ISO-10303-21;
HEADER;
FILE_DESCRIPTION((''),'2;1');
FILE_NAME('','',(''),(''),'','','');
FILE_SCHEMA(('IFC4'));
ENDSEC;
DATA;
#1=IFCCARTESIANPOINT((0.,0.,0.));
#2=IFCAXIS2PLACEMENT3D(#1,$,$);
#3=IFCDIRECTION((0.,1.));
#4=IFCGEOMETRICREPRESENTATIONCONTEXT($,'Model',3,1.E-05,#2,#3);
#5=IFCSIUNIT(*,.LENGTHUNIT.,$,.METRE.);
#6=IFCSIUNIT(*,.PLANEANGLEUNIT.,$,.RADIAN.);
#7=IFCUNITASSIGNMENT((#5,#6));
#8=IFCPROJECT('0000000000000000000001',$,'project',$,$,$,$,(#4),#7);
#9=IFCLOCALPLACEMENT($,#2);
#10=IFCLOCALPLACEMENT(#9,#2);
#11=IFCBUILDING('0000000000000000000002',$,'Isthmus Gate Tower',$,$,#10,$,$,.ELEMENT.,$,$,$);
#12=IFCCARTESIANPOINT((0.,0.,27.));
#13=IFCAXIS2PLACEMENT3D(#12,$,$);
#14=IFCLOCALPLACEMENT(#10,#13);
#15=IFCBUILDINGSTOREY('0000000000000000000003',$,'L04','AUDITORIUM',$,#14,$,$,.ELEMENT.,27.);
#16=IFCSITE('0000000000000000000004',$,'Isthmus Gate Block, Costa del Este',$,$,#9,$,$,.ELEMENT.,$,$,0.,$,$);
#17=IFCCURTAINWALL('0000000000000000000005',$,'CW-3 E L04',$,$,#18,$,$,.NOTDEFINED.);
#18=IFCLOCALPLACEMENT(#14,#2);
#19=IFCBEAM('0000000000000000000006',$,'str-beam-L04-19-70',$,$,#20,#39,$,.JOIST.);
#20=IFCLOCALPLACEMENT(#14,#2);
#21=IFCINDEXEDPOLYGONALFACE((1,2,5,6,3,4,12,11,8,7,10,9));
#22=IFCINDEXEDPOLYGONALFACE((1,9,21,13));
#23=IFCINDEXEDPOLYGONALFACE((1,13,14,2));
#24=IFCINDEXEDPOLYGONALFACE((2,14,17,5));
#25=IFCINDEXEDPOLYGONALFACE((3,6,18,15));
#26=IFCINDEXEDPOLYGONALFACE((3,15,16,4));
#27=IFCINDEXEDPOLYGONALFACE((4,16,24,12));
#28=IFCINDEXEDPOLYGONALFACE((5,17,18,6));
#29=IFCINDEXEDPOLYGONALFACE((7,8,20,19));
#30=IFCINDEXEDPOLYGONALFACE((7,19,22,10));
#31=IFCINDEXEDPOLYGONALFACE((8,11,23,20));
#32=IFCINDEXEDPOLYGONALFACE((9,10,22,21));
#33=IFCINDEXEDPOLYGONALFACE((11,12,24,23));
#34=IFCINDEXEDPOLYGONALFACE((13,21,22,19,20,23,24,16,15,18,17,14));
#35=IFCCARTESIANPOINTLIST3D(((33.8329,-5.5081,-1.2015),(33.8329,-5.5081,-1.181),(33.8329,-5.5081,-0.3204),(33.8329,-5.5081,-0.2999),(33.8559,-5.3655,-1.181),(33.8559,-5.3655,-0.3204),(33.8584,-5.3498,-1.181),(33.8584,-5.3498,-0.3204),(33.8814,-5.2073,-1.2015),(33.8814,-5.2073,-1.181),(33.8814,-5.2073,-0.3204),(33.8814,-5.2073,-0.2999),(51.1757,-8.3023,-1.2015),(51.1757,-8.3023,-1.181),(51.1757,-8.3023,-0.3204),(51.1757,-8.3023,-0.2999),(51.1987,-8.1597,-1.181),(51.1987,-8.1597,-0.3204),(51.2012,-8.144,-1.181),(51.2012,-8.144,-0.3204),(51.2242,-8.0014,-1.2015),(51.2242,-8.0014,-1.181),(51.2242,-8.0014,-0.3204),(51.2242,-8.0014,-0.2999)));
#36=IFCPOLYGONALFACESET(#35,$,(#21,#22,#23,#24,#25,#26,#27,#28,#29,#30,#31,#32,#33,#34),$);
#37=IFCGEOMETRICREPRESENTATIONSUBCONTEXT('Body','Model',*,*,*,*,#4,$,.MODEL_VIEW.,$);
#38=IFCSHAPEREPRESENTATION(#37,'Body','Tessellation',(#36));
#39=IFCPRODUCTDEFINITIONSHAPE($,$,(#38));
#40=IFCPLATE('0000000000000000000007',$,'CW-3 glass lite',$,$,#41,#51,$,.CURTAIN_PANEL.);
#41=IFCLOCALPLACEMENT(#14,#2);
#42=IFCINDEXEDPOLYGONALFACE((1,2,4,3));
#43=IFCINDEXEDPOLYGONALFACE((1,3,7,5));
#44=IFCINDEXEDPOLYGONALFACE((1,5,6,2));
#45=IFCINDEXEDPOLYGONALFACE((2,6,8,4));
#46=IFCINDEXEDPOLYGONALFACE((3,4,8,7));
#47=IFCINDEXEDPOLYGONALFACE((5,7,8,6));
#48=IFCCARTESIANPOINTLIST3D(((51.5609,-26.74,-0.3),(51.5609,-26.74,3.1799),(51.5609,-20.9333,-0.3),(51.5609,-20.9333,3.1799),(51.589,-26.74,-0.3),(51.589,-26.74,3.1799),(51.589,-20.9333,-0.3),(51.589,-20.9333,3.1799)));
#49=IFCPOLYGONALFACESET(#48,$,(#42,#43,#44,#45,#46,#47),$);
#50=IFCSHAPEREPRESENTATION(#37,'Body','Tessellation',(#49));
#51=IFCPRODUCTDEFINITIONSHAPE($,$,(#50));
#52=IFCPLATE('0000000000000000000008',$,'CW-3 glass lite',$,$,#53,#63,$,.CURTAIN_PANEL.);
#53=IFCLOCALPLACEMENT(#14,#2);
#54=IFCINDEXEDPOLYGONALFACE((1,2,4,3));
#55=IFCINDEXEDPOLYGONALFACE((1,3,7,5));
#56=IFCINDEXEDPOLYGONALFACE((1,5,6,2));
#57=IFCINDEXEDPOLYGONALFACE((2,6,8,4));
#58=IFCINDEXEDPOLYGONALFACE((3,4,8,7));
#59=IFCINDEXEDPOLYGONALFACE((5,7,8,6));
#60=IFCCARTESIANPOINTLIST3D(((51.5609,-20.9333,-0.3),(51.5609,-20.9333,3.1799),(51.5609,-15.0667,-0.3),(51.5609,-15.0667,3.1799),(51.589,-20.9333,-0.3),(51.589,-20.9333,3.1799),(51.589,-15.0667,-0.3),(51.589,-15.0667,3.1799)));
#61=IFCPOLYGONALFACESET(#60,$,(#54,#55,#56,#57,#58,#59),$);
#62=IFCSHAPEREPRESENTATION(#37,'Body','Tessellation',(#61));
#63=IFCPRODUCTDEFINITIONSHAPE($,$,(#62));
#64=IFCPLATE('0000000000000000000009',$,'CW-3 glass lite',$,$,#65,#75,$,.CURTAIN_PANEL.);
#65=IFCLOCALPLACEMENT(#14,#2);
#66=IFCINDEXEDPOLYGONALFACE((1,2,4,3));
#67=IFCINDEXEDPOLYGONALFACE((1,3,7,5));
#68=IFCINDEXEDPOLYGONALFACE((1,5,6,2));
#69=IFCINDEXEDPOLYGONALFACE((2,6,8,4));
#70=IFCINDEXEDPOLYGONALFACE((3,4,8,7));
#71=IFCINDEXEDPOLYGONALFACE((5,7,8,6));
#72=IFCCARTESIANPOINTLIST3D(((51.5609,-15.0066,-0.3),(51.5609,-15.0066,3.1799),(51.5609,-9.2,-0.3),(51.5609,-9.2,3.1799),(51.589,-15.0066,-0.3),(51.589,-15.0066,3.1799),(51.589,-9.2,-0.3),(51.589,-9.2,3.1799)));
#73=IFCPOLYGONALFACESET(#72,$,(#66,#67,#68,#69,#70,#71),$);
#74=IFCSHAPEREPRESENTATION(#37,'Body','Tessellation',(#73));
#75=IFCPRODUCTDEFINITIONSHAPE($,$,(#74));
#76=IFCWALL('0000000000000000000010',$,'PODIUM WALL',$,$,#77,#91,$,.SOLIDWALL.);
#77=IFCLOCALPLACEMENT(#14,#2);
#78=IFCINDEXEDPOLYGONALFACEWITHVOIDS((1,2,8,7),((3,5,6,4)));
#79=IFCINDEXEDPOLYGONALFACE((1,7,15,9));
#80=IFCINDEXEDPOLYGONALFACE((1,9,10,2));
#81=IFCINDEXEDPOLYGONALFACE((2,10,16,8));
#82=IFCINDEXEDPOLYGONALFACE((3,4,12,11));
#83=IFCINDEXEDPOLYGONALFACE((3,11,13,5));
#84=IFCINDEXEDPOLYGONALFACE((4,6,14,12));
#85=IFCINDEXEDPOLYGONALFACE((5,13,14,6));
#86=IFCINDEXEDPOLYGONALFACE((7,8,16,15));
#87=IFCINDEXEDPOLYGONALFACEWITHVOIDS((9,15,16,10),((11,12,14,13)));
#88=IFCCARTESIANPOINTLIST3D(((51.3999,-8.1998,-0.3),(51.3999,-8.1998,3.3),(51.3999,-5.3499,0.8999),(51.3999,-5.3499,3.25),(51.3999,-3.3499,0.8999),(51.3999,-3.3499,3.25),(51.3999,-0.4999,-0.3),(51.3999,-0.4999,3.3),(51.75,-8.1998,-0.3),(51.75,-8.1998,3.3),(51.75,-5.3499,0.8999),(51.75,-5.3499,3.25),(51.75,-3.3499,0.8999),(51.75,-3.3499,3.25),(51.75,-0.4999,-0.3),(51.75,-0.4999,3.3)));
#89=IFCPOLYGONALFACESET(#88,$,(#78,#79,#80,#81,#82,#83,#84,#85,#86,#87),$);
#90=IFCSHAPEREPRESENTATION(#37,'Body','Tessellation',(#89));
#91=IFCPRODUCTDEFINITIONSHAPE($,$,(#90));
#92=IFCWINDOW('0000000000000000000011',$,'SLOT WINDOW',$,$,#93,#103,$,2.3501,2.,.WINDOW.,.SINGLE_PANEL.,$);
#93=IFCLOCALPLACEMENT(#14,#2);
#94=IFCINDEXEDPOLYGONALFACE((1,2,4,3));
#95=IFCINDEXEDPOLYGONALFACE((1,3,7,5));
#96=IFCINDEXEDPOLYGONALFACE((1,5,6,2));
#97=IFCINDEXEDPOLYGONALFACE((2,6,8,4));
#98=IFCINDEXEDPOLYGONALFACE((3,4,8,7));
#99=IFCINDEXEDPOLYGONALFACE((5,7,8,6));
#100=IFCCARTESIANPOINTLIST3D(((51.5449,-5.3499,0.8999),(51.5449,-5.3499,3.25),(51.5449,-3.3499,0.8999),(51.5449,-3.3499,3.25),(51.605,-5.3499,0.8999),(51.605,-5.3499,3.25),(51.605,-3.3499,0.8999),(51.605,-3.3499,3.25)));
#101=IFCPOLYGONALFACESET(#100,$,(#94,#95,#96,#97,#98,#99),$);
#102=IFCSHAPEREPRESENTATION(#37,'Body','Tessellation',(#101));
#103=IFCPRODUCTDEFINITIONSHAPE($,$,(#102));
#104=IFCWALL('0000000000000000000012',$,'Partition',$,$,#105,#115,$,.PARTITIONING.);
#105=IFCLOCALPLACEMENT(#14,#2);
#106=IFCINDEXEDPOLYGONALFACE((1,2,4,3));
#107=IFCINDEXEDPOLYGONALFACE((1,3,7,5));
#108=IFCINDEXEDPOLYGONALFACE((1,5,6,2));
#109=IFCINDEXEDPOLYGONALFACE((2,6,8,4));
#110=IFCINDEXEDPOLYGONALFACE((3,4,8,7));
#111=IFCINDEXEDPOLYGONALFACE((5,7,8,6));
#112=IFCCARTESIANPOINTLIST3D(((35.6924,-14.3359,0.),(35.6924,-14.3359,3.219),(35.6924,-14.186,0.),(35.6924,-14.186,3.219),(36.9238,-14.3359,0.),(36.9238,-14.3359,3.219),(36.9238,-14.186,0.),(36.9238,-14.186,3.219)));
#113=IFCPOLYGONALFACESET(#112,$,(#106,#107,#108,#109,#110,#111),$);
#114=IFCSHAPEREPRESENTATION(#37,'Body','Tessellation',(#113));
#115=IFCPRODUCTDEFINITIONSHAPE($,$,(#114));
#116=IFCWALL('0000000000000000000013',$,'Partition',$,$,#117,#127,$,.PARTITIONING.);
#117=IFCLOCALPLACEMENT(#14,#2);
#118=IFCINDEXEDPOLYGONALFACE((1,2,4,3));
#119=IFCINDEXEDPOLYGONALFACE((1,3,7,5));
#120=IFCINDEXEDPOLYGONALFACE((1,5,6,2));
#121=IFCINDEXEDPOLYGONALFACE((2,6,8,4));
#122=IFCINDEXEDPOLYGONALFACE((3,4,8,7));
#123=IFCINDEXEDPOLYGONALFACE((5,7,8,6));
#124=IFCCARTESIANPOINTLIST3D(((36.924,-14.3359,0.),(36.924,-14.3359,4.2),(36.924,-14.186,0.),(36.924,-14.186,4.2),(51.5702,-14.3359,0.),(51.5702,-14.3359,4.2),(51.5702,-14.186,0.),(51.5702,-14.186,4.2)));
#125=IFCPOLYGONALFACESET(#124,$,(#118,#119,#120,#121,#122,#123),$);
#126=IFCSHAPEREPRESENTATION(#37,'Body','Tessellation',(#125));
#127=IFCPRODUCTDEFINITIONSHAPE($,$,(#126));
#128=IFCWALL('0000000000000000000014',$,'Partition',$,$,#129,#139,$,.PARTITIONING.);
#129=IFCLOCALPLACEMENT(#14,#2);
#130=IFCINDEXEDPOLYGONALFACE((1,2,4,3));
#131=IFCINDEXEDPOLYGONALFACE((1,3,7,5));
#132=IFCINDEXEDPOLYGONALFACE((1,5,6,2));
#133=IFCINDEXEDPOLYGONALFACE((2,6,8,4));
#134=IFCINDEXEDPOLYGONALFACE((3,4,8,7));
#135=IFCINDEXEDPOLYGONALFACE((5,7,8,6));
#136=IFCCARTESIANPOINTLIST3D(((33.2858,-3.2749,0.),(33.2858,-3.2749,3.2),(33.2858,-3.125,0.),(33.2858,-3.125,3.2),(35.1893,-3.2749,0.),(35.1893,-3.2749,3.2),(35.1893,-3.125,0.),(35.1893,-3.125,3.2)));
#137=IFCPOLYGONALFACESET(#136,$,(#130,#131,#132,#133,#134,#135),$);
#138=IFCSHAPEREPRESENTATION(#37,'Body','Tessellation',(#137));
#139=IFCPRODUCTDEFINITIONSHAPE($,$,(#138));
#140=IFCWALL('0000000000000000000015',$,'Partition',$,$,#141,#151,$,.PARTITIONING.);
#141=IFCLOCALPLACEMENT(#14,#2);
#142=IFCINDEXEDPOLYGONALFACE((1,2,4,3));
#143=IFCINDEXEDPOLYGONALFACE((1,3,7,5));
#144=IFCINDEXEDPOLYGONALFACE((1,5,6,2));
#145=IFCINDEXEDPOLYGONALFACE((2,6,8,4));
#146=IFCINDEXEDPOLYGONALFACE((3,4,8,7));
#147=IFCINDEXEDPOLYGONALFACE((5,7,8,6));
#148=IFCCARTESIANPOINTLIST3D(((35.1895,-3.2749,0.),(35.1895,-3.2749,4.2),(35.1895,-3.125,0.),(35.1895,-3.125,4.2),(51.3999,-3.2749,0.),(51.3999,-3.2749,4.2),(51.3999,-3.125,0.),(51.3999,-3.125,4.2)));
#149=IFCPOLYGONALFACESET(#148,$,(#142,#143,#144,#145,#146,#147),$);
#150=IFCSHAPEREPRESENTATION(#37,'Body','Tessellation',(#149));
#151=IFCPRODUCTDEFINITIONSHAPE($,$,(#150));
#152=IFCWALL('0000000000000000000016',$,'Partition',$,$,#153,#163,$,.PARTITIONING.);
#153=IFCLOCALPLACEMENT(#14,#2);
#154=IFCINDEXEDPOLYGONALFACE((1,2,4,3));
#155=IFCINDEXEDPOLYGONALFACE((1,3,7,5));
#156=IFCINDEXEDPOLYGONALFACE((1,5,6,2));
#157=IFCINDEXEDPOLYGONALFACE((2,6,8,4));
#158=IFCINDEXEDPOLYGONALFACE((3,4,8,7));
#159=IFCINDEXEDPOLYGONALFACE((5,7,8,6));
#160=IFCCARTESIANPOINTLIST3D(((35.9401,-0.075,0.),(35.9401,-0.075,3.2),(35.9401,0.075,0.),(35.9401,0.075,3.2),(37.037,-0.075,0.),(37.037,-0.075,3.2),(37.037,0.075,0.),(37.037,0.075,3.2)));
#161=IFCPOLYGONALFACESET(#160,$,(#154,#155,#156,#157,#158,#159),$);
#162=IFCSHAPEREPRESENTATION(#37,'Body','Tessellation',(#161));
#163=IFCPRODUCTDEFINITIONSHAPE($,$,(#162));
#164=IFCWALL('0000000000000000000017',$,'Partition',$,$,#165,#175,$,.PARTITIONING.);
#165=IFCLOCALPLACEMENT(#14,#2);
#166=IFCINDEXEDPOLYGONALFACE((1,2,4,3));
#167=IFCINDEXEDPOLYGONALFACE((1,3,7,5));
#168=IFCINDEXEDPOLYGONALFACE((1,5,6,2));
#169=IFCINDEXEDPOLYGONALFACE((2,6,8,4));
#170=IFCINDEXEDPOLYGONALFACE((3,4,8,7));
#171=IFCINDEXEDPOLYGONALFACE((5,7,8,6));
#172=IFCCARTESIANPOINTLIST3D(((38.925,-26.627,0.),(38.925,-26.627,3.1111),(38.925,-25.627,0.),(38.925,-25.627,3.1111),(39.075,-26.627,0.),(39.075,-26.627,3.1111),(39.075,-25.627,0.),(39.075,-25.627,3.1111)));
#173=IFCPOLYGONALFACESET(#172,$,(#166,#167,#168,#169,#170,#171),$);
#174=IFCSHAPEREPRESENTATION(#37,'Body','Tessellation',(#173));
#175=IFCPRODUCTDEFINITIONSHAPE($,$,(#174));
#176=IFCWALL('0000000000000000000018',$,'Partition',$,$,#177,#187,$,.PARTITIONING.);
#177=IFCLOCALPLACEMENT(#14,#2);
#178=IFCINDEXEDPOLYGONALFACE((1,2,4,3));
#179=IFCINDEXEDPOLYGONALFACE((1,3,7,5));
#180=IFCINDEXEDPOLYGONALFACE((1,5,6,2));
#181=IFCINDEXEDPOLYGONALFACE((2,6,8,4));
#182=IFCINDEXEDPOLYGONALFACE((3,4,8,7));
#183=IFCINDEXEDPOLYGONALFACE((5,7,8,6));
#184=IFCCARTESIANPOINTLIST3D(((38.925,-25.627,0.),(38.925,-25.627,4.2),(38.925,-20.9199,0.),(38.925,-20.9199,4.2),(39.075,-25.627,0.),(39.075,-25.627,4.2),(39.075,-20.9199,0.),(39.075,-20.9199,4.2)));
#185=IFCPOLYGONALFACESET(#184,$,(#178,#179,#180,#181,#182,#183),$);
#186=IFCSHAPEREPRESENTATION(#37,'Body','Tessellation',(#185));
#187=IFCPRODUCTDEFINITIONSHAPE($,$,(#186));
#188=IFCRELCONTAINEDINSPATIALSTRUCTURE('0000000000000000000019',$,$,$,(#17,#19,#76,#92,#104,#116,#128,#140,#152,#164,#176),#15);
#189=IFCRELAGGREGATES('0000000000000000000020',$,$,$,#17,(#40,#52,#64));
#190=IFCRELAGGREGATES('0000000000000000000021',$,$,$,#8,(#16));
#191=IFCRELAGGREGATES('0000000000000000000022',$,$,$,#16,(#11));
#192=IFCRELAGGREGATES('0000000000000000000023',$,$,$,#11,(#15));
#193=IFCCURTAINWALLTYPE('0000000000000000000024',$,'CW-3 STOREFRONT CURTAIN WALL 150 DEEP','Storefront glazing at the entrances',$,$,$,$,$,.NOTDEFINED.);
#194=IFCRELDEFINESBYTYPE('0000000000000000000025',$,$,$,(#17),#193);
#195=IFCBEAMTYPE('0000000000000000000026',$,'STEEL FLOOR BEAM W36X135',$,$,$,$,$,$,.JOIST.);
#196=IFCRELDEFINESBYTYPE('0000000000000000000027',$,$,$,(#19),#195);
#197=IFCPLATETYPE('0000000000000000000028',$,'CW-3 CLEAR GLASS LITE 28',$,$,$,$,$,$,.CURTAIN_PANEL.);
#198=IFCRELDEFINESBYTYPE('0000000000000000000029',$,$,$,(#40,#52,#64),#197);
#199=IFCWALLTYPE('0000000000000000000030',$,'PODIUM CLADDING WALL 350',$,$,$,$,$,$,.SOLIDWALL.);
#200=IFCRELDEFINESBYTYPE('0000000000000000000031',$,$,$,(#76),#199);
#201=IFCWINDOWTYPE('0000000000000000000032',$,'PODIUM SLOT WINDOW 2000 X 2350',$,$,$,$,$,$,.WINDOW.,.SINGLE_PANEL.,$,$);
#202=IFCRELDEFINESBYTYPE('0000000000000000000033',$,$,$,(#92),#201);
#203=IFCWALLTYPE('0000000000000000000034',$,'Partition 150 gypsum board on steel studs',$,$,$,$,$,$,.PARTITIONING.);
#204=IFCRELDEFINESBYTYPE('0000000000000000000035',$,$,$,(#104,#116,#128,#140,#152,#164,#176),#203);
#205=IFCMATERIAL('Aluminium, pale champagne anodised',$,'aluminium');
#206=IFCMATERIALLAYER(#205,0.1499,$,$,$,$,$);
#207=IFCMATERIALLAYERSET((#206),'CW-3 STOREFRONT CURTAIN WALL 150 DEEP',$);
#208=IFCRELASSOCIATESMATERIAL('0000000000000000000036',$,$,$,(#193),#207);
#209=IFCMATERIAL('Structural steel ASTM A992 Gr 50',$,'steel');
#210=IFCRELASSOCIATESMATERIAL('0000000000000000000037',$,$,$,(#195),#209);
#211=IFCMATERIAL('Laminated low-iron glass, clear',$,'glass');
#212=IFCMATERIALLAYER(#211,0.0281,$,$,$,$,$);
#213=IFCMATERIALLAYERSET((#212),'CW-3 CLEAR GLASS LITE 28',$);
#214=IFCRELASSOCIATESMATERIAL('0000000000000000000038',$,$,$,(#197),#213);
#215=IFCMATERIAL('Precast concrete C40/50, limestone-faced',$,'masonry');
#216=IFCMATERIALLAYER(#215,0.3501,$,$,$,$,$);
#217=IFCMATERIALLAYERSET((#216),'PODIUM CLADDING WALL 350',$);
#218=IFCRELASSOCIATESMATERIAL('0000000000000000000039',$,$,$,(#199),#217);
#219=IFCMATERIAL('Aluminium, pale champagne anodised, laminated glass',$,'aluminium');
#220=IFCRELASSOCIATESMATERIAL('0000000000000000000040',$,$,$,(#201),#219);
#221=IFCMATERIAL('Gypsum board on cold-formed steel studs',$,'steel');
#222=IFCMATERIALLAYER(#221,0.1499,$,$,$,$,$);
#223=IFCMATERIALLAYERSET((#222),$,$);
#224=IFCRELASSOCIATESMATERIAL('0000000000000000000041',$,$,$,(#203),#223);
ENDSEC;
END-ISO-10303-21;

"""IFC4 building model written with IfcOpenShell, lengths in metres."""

from ifc_helpers import new_model, si_unit, direction, frame, frame_2d, origin, origin_2d, place, context, subcontext, project, spatial, rectangle, i_section, extrude, material, layer, layer_set, material_profile, profile_set, type_object, element, fill, aggregate, save


model = new_model("IFC4")

# Units and contexts
model_context = context("Model", 3, precision=1e-05, world=origin(), true_north=direction((0.0, 1.0)))
body_context = subcontext(model_context, "Body", "Model", "MODEL_VIEW")
ifc_project = project(units=[si_unit("LENGTHUNIT", "METRE"), si_unit("PLANEANGLEUNIT", "RADIAN")], contexts=[model_context])

# Site, building, storey
site_placement = place(None, origin())
site = spatial("IfcSite", under=ifc_project, at=site_placement, Name="Isthmus Gate Block, Costa del Este", CompositionType="ELEMENT", RefElevation=0.0)
building_placement = place(site_placement, origin())
building = spatial("IfcBuilding", under=site, at=building_placement, Name="Isthmus Gate Tower", CompositionType="ELEMENT")
storey_placement = place(building_placement, frame((0.0, 0.0, 27.0)))
storey = spatial("IfcBuildingStorey", under=building, at=storey_placement, Name="L04", Description="AUDITORIUM", CompositionType="ELEMENT", Elevation=27.0)

# Curtain wall
ifc_material_1 = material(Name="Aluminium, pale champagne anodised", Category="aluminium")
ifc_layer_1 = layer(ifc_material_1, 0.1499)
ifc_layer_set_1 = layer_set([ifc_layer_1], Name="CW-3 STOREFRONT CURTAIN WALL 150 DEEP")
curtain_wall_type = type_object("IfcCurtainWallType", Name="CW-3 STOREFRONT CURTAIN WALL 150 DEEP", Description="Storefront glazing at the entrances", PredefinedType="NOTDEFINED", material=ifc_layer_set_1)
curtain_wall_placement = place(storey_placement, origin())
curtain_wall = element("IfcCurtainWall", 1, at=curtain_wall_placement, inside=storey, type_object=curtain_wall_type, Name="CW-3 E L04", PredefinedType="NOTDEFINED")

# Beam
ifc_material_2 = material(Name="Structural steel ASTM A992 Gr 50", Category="steel")
ifc_material_profile_1 = material_profile(ifc_material_2, i_section(OverallWidth=0.3047, OverallDepth=0.9016, WebThickness=0.0159, FlangeThickness=0.0205, at=origin_2d()), Name="W36X135")
ifc_profile_set_1 = profile_set([ifc_material_profile_1], Name="Structural steel ASTM A992 Gr 50")
beam_type_1 = type_object("IfcBeamType", Name="STEEL FLOOR BEAM W36X135", PredefinedType="JOIST", material=ifc_profile_set_1)
beam_1_placement = place(storey_placement, frame((33.8572, -5.3577, -0.7507), z_axis=(0.987268, -0.159064, 0.0), x_axis=(0.159064, 0.987268, 0.0)))
element("IfcBeam", 2, at=beam_1_placement, inside=storey, type_object=beam_type_1, Name="str-beam-L04-19-70", PredefinedType="JOIST", context=body_context, shape_type="SweptSolid", body=[
    extrude(i_section(OverallWidth=0.3047, OverallDepth=0.9016, WebThickness=0.0159, FlangeThickness=0.0205, at=origin_2d()), origin(), (0.0, 0.0, 1.0), 17.5664),
])

# Plates
ifc_material_3 = material(Name="Laminated low-iron glass, clear", Category="glass")
ifc_layer_2 = layer(ifc_material_3, 0.0281)
ifc_layer_set_2 = layer_set([ifc_layer_2], Name="CW-3 CLEAR GLASS LITE 28")
plate_type = type_object("IfcPlateType", Name="CW-3 CLEAR GLASS LITE 28", PredefinedType="CURTAIN_PANEL", material=ifc_layer_set_2)
plate_1_placement = place(storey_placement, frame((51.575, -23.8367, -0.3), z_axis=(0.0, 0.0, 1.0), x_axis=(0.0, 1.0, 0.0)))
plate_1 = element("IfcPlate", 3, at=plate_1_placement, type_object=plate_type, Name="CW-3 glass lite", PredefinedType="CURTAIN_PANEL", context=body_context, shape_type="SweptSolid", body=[
    extrude(rectangle(XDim=5.8066, YDim=0.0281, at=origin_2d()), origin(), (0.0, 0.0, 1.0), 3.48),
])
plate_2_placement = place(storey_placement, frame((51.575, -18.0, -0.3), z_axis=(0.0, 0.0, 1.0), x_axis=(0.0, 1.0, 0.0)))
plate_2 = element("IfcPlate", 4, at=plate_2_placement, type_object=plate_type, Name="CW-3 glass lite", PredefinedType="CURTAIN_PANEL", context=body_context, shape_type="SweptSolid", body=[
    extrude(rectangle(XDim=5.8667, YDim=0.0281, at=origin_2d()), origin(), (0.0, 0.0, 1.0), 3.48),
])
plate_3_placement = place(storey_placement, frame((51.575, -12.1033, -0.3), z_axis=(0.0, 0.0, 1.0), x_axis=(0.0, 1.0, 0.0)))
plate_3 = element("IfcPlate", 5, at=plate_3_placement, type_object=plate_type, Name="CW-3 glass lite", PredefinedType="CURTAIN_PANEL", context=body_context, shape_type="SweptSolid", body=[
    extrude(rectangle(XDim=5.8066, YDim=0.0281, at=origin_2d()), origin(), (0.0, 0.0, 1.0), 3.48),
])
aggregate(curtain_wall, [plate_1, plate_2, plate_3])

# Wall, opening, window
ifc_material_4 = material(Name="Precast concrete C40/50, limestone-faced", Category="masonry")
ifc_layer_3 = layer(ifc_material_4, 0.3501)
ifc_layer_set_3 = layer_set([ifc_layer_3], Name="PODIUM CLADDING WALL 350")
wall_type_1 = type_object("IfcWallType", Name="PODIUM CLADDING WALL 350", PredefinedType="SOLIDWALL", material=ifc_layer_set_3)
wall_1_placement = place(storey_placement, frame((51.575, -8.2, -0.3), z_axis=(0.0, 0.0, 1.0), x_axis=(0.0, 1.0, 0.0)))
wall_1 = element("IfcWall", 6, at=wall_1_placement, inside=storey, type_object=wall_type_1, Name="PODIUM WALL", PredefinedType="SOLIDWALL", context=body_context, shape_type="SweptSolid", body=[
    extrude(rectangle(XDim=7.7, YDim=0.3501, at=frame_2d((3.8501, 0.0))), origin(), (0.0, 0.0, 1.0), 3.6001),
])
opening_placement = place(wall_1_placement, frame((2.8501, 0.0, 1.2)))
opening = element("IfcOpeningElement", 7, at=opening_placement, cuts=wall_1, PredefinedType="OPENING", context=body_context, shape_type="SweptSolid", body=[
    extrude(rectangle(XDim=2.0, YDim=2.3501, at=frame_2d((1.0, 1.175))), frame((0.0, 0.1851, 0.0), z_axis=(0.0, -1.0, 0.0), x_axis=(1.0, 0.0, 0.0)), (0.0, 0.0, 1.0), 0.3701),
])
ifc_material_5 = material(Name="Aluminium, pale champagne anodised, laminated glass", Category="aluminium")
window_type = type_object("IfcWindowType", Name="PODIUM SLOT WINDOW 2000 X 2350", PartitioningType="SINGLE_PANEL", PredefinedType="WINDOW", material=ifc_material_5)
window_placement = place(opening_placement, origin())
window = element("IfcWindow", 8, at=window_placement, inside=storey, type_object=window_type, Name="SLOT WINDOW", OverallHeight=2.3501, OverallWidth=2.0, PartitioningType="SINGLE_PANEL", PredefinedType="WINDOW", context=body_context, shape_type="SweptSolid", body=[
    extrude(rectangle(XDim=2.0, YDim=2.3501, at=frame_2d((1.0, 1.175))), frame((0.0, 0.03, 0.0), z_axis=(0.0, -1.0, 0.0), x_axis=(1.0, 0.0, 0.0)), (0.0, 0.0, 1.0), 0.0601),
])
fill(opening, window)

# Walls
ifc_material_6 = material(Name="Gypsum board on cold-formed steel studs", Category="steel")
ifc_layer_4 = layer(ifc_material_6, 0.1499)
ifc_layer_set_4 = layer_set([ifc_layer_4])
wall_type_2 = type_object("IfcWallType", Name="Partition 150 gypsum board on steel studs", PredefinedType="PARTITIONING", material=ifc_layer_set_4)
wall_2_placement = place(storey_placement, frame((35.6924, -14.261, 0.0), z_axis=(0.0, 0.0, 1.0), x_axis=(1.0, 0.0, 0.0)))
element("IfcWall", 9, at=wall_2_placement, inside=storey, type_object=wall_type_2, Name="Partition", PredefinedType="PARTITIONING", context=body_context, shape_type="SweptSolid", body=[
    extrude(rectangle(XDim=1.2314, YDim=0.1499, at=frame_2d((0.6157, 0.0))), origin(), (0.0, 0.0, 1.0), 3.219),
])
wall_3_placement = place(storey_placement, frame((36.9238, -14.261, 0.0), z_axis=(0.0, 0.0, 1.0), x_axis=(1.0, 0.0, 0.0)))
element("IfcWall", 10, at=wall_3_placement, inside=storey, type_object=wall_type_2, Name="Partition", PredefinedType="PARTITIONING", context=body_context, shape_type="SweptSolid", body=[
    extrude(rectangle(XDim=14.6462, YDim=0.1499, at=frame_2d((7.3232, 0.0))), origin(), (0.0, 0.0, 1.0), 4.2),
])
wall_4_placement = place(storey_placement, frame((33.2859, -3.2, 0.0), z_axis=(0.0, 0.0, 1.0), x_axis=(1.0, 0.0, 0.0)))
element("IfcWall", 11, at=wall_4_placement, inside=storey, type_object=wall_type_2, Name="Partition", PredefinedType="PARTITIONING", context=body_context, shape_type="SweptSolid", body=[
    extrude(rectangle(XDim=1.9036, YDim=0.1499, at=frame_2d((0.9517, 0.0))), origin(), (0.0, 0.0, 1.0), 3.2),
])
wall_5_placement = place(storey_placement, frame((35.1895, -3.2, 0.0), z_axis=(0.0, 0.0, 1.0), x_axis=(1.0, 0.0, 0.0)))
element("IfcWall", 12, at=wall_5_placement, inside=storey, type_object=wall_type_2, Name="Partition", PredefinedType="PARTITIONING", context=body_context, shape_type="SweptSolid", body=[
    extrude(rectangle(XDim=16.2104, YDim=0.1499, at=frame_2d((8.1052, 0.0))), origin(), (0.0, 0.0, 1.0), 4.2),
])
wall_6_placement = place(storey_placement, frame((35.9402, 0.0, 0.0), z_axis=(0.0, 0.0, 1.0), x_axis=(1.0, 0.0, 0.0)))
element("IfcWall", 13, at=wall_6_placement, inside=storey, type_object=wall_type_2, Name="Partition", PredefinedType="PARTITIONING", context=body_context, shape_type="SweptSolid", body=[
    extrude(rectangle(XDim=1.0969, YDim=0.1499, at=frame_2d((0.5483, 0.0))), origin(), (0.0, 0.0, 1.0), 3.2),
])
wall_7_placement = place(storey_placement, frame((39.0, -26.627, 0.0), z_axis=(0.0, 0.0, 1.0), x_axis=(0.0, 1.0, 0.0)))
element("IfcWall", 14, at=wall_7_placement, inside=storey, type_object=wall_type_2, Name="Partition", PredefinedType="PARTITIONING", context=body_context, shape_type="SweptSolid", body=[
    extrude(rectangle(XDim=1.0, YDim=0.1499, at=frame_2d((0.5, 0.0))), origin(), (0.0, 0.0, 1.0), 3.1111),
])
wall_8_placement = place(storey_placement, frame((39.0, -25.627, 0.0), z_axis=(0.0, 0.0, 1.0), x_axis=(0.0, 1.0, 0.0)))
element("IfcWall", 15, at=wall_8_placement, inside=storey, type_object=wall_type_2, Name="Partition", PredefinedType="PARTITIONING", context=body_context, shape_type="SweptSolid", body=[
    extrude(rectangle(XDim=4.707, YDim=0.1499, at=frame_2d((2.3535, 0.0))), origin(), (0.0, 0.0, 1.0), 4.2),
])

save(model, "model.ifc")
